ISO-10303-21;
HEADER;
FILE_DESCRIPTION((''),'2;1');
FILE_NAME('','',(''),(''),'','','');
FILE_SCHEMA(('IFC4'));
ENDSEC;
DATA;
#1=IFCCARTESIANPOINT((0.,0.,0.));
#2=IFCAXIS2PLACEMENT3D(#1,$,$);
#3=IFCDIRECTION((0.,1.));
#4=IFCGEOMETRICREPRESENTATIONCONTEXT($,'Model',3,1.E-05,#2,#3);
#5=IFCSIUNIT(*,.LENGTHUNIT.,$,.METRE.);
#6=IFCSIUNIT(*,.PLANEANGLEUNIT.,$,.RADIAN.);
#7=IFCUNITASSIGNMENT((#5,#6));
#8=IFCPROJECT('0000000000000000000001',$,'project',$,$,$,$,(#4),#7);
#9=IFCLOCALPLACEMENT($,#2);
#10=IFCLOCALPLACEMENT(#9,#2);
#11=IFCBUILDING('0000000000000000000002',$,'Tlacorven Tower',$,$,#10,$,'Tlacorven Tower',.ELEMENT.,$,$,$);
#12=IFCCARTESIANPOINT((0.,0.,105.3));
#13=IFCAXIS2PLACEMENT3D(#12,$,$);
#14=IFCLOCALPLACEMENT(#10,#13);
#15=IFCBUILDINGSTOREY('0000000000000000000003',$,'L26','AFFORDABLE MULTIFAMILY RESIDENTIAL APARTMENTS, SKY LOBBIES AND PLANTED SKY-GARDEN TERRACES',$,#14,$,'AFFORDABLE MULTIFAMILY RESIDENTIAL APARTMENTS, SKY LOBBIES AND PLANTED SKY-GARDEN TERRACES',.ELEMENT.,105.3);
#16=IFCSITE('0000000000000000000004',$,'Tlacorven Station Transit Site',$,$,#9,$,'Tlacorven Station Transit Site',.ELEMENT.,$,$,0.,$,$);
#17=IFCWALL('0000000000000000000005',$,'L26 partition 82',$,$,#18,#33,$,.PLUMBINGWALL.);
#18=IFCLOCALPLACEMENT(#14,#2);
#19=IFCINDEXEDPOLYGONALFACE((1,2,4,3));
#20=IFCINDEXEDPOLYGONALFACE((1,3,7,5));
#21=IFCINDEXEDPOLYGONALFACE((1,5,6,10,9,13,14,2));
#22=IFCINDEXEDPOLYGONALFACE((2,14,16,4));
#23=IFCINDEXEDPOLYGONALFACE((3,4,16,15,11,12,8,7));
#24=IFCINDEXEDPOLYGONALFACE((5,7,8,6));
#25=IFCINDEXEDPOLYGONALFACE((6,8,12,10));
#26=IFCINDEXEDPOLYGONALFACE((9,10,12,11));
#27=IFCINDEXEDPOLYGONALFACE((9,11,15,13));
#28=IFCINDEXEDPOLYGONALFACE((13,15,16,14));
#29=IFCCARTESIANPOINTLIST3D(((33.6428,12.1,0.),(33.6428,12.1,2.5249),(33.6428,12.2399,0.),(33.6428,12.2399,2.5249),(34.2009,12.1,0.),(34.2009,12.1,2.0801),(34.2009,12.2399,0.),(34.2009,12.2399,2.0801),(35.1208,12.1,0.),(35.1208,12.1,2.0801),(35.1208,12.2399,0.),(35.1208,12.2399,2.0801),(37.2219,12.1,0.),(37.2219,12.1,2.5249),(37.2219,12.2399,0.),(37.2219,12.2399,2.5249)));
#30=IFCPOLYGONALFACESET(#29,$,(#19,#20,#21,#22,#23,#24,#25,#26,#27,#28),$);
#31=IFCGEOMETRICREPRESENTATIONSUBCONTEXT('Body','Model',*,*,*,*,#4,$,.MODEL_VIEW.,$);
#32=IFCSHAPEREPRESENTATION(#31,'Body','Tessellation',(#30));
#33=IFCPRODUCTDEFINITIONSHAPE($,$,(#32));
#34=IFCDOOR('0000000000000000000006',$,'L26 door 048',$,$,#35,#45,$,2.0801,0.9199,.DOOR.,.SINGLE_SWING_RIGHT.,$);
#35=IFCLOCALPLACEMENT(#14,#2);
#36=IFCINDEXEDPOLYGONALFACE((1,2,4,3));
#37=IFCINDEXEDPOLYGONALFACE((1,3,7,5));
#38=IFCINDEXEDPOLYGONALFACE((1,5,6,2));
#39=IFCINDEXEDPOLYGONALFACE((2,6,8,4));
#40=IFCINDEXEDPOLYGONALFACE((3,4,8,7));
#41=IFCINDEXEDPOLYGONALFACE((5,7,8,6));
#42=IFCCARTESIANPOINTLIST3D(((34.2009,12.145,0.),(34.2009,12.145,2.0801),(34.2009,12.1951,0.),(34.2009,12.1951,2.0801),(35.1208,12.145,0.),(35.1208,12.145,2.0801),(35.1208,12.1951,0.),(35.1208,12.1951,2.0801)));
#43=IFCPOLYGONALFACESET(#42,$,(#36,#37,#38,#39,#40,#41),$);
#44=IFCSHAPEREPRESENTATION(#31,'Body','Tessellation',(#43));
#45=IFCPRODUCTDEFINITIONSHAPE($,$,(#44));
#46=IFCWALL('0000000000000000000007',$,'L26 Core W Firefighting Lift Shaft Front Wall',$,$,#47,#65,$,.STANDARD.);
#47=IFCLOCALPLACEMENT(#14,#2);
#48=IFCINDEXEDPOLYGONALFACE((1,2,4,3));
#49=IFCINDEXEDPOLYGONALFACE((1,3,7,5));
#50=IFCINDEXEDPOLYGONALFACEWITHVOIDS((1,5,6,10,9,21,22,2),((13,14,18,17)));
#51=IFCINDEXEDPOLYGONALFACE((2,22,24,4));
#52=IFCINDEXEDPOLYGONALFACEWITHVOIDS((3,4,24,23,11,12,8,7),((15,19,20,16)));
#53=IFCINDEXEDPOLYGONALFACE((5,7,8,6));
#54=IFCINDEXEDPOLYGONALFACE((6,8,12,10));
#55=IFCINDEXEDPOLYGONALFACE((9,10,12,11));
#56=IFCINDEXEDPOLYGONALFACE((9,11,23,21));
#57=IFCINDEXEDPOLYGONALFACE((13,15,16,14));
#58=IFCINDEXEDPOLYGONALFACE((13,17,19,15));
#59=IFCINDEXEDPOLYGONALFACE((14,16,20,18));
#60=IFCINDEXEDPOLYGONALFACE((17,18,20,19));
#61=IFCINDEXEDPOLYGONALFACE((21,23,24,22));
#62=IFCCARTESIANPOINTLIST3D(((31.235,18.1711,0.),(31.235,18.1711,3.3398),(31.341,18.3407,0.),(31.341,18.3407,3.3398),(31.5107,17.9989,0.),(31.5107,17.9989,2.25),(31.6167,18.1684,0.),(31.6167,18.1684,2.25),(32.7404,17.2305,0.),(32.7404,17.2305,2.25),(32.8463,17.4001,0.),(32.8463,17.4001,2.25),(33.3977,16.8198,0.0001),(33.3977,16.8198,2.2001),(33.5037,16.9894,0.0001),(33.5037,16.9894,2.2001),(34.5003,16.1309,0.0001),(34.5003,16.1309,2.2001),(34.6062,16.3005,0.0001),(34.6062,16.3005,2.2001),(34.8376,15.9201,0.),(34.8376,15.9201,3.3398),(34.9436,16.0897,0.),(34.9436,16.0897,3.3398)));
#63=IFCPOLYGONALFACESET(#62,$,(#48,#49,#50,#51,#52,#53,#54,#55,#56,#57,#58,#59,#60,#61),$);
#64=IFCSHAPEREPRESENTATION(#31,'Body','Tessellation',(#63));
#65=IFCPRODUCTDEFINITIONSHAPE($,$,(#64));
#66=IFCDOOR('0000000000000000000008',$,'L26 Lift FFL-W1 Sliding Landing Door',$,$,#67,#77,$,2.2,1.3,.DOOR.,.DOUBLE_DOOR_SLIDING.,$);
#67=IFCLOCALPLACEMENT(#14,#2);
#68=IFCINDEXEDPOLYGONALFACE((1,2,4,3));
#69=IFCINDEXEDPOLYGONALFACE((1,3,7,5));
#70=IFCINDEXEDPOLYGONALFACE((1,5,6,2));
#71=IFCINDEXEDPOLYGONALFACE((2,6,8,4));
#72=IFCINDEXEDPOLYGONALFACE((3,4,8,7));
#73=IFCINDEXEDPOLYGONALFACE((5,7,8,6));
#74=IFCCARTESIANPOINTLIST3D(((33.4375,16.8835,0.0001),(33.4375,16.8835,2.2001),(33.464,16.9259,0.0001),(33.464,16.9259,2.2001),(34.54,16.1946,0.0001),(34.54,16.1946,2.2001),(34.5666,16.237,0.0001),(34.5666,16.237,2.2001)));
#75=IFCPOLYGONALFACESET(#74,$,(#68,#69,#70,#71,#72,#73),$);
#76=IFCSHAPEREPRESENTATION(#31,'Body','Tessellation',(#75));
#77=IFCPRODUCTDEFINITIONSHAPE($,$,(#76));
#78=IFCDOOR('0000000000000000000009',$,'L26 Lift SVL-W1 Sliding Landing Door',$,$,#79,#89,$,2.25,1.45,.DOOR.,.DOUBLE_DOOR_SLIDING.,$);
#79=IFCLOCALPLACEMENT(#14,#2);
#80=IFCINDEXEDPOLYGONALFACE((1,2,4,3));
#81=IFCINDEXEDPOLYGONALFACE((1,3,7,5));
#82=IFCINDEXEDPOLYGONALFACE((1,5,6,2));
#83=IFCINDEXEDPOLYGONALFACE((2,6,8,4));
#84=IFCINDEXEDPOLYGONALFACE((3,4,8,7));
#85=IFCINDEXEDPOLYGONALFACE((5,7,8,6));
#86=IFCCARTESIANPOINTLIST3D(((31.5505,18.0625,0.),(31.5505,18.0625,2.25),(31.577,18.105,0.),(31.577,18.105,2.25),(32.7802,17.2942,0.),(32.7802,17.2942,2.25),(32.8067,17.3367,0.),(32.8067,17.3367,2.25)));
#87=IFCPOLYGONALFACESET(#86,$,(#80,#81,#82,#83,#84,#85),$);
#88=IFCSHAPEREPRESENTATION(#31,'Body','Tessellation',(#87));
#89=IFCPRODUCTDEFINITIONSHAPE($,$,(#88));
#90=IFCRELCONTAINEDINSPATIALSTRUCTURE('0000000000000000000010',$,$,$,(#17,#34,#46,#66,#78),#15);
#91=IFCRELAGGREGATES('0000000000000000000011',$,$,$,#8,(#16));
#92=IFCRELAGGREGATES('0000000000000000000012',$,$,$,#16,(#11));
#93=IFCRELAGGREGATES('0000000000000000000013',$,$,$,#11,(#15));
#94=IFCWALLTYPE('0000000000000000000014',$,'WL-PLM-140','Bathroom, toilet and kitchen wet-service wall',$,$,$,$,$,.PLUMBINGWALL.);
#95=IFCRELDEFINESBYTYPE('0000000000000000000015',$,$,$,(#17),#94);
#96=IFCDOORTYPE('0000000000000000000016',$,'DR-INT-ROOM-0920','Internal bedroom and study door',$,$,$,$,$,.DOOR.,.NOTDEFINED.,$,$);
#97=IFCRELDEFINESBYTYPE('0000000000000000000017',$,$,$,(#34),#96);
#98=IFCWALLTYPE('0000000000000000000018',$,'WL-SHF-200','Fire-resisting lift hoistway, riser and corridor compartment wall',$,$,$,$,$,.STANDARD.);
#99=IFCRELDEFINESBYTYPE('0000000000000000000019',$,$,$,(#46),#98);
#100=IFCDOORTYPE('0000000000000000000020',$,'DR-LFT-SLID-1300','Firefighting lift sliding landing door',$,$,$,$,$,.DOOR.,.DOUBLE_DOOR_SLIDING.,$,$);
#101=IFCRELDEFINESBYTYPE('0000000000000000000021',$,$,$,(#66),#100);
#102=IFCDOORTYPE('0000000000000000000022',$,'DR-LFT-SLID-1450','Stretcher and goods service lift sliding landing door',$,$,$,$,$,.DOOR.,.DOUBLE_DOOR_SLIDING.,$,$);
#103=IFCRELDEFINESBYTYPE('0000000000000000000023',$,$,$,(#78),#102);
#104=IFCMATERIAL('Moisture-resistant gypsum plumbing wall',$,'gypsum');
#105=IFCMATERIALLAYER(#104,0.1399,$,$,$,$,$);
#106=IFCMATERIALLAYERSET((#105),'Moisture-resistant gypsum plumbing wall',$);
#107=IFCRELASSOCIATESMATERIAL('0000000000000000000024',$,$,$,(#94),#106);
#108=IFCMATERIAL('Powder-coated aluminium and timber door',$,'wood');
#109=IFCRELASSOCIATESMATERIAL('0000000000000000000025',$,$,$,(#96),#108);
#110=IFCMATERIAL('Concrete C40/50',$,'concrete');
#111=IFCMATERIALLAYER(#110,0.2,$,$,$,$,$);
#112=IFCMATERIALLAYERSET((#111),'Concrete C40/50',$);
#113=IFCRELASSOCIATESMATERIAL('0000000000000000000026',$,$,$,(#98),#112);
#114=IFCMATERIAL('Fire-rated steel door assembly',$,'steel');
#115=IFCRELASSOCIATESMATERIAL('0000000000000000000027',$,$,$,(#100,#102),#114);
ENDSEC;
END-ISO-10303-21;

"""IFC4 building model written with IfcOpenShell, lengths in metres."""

from ifc_helpers import new_model, si_unit, direction, frame, frame_2d, origin, place, context, subcontext, project, spatial, rectangle, extrude, source, transform, mapped, material, layer, layer_set, type_object, element, fill, save


model = new_model("IFC4")

# Units and contexts
model_context = context("Model", 3, precision=1e-05, world=origin(), true_north=direction((0.0, 1.0)))
body_context = subcontext(model_context, "Body", "Model", "MODEL_VIEW")
ifc_project = project(units=[si_unit("LENGTHUNIT", "METRE"), si_unit("PLANEANGLEUNIT", "RADIAN")], contexts=[model_context])

# Site, building, storey
site_placement = place(None, origin())
site = spatial("IfcSite", under=ifc_project, at=site_placement, Name="Tlacorven Station Transit Site", LongName="Tlacorven Station Transit Site", CompositionType="ELEMENT", RefElevation=0.0)
building_placement = place(site_placement, origin())
building = spatial("IfcBuilding", under=site, at=building_placement, Name="Tlacorven Tower", LongName="Tlacorven Tower", CompositionType="ELEMENT")
storey_placement = place(building_placement, frame((0.0, 0.0, 105.3)))
storey = spatial("IfcBuildingStorey", under=building, at=storey_placement, Name="L26", Description="AFFORDABLE MULTIFAMILY RESIDENTIAL APARTMENTS, SKY LOBBIES AND PLANTED SKY-GARDEN TERRACES", LongName="AFFORDABLE MULTIFAMILY RESIDENTIAL APARTMENTS, SKY LOBBIES AND PLANTED SKY-GARDEN TERRACES", CompositionType="ELEMENT", Elevation=105.3)

# Shared definitions
ifc_material_1 = material(Name="Fire-rated steel door assembly", Category="steel")

# Shared definitions
ifc_material_2 = material(Name="Powder-coated aluminium and timber door", Category="wood")

# Wall, opening, door
ifc_material_3 = material(Name="Moisture-resistant gypsum plumbing wall", Category="gypsum")
ifc_layer_1 = layer(ifc_material_3, 0.1399)
ifc_layer_set_1 = layer_set([ifc_layer_1], Name="Moisture-resistant gypsum plumbing wall")
wall_type_1 = type_object("IfcWallType", Name="WL-PLM-140", Description="Bathroom, toilet and kitchen wet-service wall", PredefinedType="PLUMBINGWALL", material=ifc_layer_set_1)
wall_1_placement = place(storey_placement, frame((33.6428, 12.1699, 0.0), z_axis=(0.0, 0.0, 1.0), x_axis=(1.0, 0.0, 0.0)))
wall_1 = element("IfcWall", 1, at=wall_1_placement, inside=storey, type_object=wall_type_1, Name="L26 partition 82", PredefinedType="PLUMBINGWALL", context=body_context, shape_type="SweptSolid", body=[
    extrude(rectangle(XDim=3.5791, YDim=0.1399, at=frame_2d((1.7896, 0.0))), origin(), (0.0, 0.0, 1.0), 2.5249),
])
opening_1_placement = place(wall_1_placement, frame((0.5581, 0.0, 0.0)))
opening_1 = element("IfcOpeningElement", 2, at=opening_1_placement, cuts=wall_1, PredefinedType="OPENING", context=body_context, shape_type="SweptSolid", body=[
    extrude(rectangle(XDim=0.9199, YDim=2.0801, at=frame_2d((0.46, 1.04))), frame((0.0, 0.0801, 0.0), z_axis=(0.0, -1.0, 0.0), x_axis=(1.0, 0.0, 0.0)), (0.0, 0.0, 1.0), 0.1599),
])
door_type_1 = type_object("IfcDoorType", Name="DR-INT-ROOM-0920", Description="Internal bedroom and study door", OperationType="NOTDEFINED", PredefinedType="DOOR", material=ifc_material_2)
shared_shape_1 = source(origin(), body_context, "Body", "SweptSolid", [
    extrude(rectangle(XDim=0.9199, YDim=2.0801, at=frame_2d((0.46, 1.04))), frame((0.0, 0.0249, 0.0), z_axis=(0.0, -1.0, 0.0), x_axis=(1.0, 0.0, 0.0)), (0.0, 0.0, 1.0), 0.05),
])
door_1_placement = place(opening_1_placement, frame((0.9199, 0.0, 0.0), z_axis=(0.0, 0.0, 1.0), x_axis=(-1.0, 0.0, 0.0)))
door_1 = element("IfcDoor", 3, at=door_1_placement, inside=storey, type_object=door_type_1, Name="L26 door 048", OperationType="SINGLE_SWING_RIGHT", OverallHeight=2.0801, OverallWidth=0.9199, PredefinedType="DOOR", context=body_context, shape_type="MappedRepresentation", body=[
    mapped(shared_shape_1, transform((0.0, 0.0, 0.0), scale=1.0)),
])
fill(opening_1, door_1)

# Wall, openings, doors
ifc_material_4 = material(Name="Concrete C40/50", Category="concrete")
ifc_layer_2 = layer(ifc_material_4, 0.2)
ifc_layer_set_2 = layer_set([ifc_layer_2], Name="Concrete C40/50")
wall_type_2 = type_object("IfcWallType", Name="WL-SHF-200", Description="Fire-resisting lift hoistway, riser and corridor compartment wall", PredefinedType="STANDARD", material=ifc_layer_set_2)
wall_2_placement = place(storey_placement, frame((34.8906, 16.0049, 0.0), z_axis=(0.0, 0.0, 1.0), x_axis=(-0.848063, 0.529896, 0.0)))
wall_2 = element("IfcWall", 4, at=wall_2_placement, inside=storey, type_object=wall_type_2, Name="L26 Core W Firefighting Lift Shaft Front Wall", PredefinedType="STANDARD", context=body_context, shape_type="SweptSolid", body=[
    extrude(rectangle(XDim=4.248, YDim=0.2, at=frame_2d((2.124, 0.0))), origin(), (0.0, 0.0, 1.0), 3.3398),
])
opening_2_placement = place(wall_2_placement, frame((0.3979, 0.0, 0.0)))
opening_2 = element("IfcOpeningElement", 5, at=opening_2_placement, cuts=wall_2, PredefinedType="OPENING", context=body_context, shape_type="SweptSolid", body=[
    extrude(rectangle(XDim=1.3, YDim=2.2, at=frame_2d((0.6499, 1.1001))), frame((0.0, 0.1099, 0.0), z_axis=(0.0, -1.0, 0.0), x_axis=(1.0, 0.0, 0.0)), (0.0, 0.0, 1.0), 0.22),
])
opening_3_placement = place(wall_2_placement, frame((2.4729, 0.0, 0.0)))
opening_3 = element("IfcOpeningElement", 6, at=opening_3_placement, cuts=wall_2, PredefinedType="OPENING", context=body_context, shape_type="SweptSolid", body=[
    extrude(rectangle(XDim=1.45, YDim=2.25, at=frame_2d((0.7251, 1.125))), frame((0.0, 0.1099, 0.0), z_axis=(0.0, -1.0, 0.0), x_axis=(1.0, 0.0, 0.0)), (0.0, 0.0, 1.0), 0.22),
])
door_type_2 = type_object("IfcDoorType", Name="DR-LFT-SLID-1300", Description="Firefighting lift sliding landing door", OperationType="DOUBLE_DOOR_SLIDING", PredefinedType="DOOR", material=ifc_material_1)
shared_shape_2 = source(origin(), body_context, "Body", "SweptSolid", [
    extrude(rectangle(XDim=1.3, YDim=2.2, at=frame_2d((0.6499, 1.1001))), frame((0.0, 0.0249, 0.0), z_axis=(0.0, -1.0, 0.0), x_axis=(1.0, 0.0, 0.0)), (0.0, 0.0, 1.0), 0.05),
])
door_2_placement = place(opening_2_placement, origin())
door_2 = element("IfcDoor", 7, at=door_2_placement, inside=storey, type_object=door_type_2, Name="L26 Lift FFL-W1 Sliding Landing Door", OperationType="DOUBLE_DOOR_SLIDING", OverallHeight=2.2, OverallWidth=1.3, PredefinedType="DOOR", context=body_context, shape_type="MappedRepresentation", body=[
    mapped(shared_shape_2, transform((0.0, 0.0, 0.0), scale=1.0)),
])
fill(opening_2, door_2)
door_type_3 = type_object("IfcDoorType", Name="DR-LFT-SLID-1450", Description="Stretcher and goods service lift sliding landing door", OperationType="DOUBLE_DOOR_SLIDING", PredefinedType="DOOR", material=ifc_material_1)
shared_shape_3 = source(origin(), body_context, "Body", "SweptSolid", [
    extrude(rectangle(XDim=1.45, YDim=2.25, at=frame_2d((0.7251, 1.125))), frame((0.0, 0.0249, 0.0), z_axis=(0.0, -1.0, 0.0), x_axis=(1.0, 0.0, 0.0)), (0.0, 0.0, 1.0), 0.05),
])
door_3_placement = place(opening_3_placement, origin())
door_3 = element("IfcDoor", 8, at=door_3_placement, inside=storey, type_object=door_type_3, Name="L26 Lift SVL-W1 Sliding Landing Door", OperationType="DOUBLE_DOOR_SLIDING", OverallHeight=2.25, OverallWidth=1.45, PredefinedType="DOOR", context=body_context, shape_type="MappedRepresentation", body=[
    mapped(shared_shape_3, transform((0.0, 0.0, 0.0), scale=1.0)),
])
fill(opening_3, door_3)

save(model, "model.ifc")
